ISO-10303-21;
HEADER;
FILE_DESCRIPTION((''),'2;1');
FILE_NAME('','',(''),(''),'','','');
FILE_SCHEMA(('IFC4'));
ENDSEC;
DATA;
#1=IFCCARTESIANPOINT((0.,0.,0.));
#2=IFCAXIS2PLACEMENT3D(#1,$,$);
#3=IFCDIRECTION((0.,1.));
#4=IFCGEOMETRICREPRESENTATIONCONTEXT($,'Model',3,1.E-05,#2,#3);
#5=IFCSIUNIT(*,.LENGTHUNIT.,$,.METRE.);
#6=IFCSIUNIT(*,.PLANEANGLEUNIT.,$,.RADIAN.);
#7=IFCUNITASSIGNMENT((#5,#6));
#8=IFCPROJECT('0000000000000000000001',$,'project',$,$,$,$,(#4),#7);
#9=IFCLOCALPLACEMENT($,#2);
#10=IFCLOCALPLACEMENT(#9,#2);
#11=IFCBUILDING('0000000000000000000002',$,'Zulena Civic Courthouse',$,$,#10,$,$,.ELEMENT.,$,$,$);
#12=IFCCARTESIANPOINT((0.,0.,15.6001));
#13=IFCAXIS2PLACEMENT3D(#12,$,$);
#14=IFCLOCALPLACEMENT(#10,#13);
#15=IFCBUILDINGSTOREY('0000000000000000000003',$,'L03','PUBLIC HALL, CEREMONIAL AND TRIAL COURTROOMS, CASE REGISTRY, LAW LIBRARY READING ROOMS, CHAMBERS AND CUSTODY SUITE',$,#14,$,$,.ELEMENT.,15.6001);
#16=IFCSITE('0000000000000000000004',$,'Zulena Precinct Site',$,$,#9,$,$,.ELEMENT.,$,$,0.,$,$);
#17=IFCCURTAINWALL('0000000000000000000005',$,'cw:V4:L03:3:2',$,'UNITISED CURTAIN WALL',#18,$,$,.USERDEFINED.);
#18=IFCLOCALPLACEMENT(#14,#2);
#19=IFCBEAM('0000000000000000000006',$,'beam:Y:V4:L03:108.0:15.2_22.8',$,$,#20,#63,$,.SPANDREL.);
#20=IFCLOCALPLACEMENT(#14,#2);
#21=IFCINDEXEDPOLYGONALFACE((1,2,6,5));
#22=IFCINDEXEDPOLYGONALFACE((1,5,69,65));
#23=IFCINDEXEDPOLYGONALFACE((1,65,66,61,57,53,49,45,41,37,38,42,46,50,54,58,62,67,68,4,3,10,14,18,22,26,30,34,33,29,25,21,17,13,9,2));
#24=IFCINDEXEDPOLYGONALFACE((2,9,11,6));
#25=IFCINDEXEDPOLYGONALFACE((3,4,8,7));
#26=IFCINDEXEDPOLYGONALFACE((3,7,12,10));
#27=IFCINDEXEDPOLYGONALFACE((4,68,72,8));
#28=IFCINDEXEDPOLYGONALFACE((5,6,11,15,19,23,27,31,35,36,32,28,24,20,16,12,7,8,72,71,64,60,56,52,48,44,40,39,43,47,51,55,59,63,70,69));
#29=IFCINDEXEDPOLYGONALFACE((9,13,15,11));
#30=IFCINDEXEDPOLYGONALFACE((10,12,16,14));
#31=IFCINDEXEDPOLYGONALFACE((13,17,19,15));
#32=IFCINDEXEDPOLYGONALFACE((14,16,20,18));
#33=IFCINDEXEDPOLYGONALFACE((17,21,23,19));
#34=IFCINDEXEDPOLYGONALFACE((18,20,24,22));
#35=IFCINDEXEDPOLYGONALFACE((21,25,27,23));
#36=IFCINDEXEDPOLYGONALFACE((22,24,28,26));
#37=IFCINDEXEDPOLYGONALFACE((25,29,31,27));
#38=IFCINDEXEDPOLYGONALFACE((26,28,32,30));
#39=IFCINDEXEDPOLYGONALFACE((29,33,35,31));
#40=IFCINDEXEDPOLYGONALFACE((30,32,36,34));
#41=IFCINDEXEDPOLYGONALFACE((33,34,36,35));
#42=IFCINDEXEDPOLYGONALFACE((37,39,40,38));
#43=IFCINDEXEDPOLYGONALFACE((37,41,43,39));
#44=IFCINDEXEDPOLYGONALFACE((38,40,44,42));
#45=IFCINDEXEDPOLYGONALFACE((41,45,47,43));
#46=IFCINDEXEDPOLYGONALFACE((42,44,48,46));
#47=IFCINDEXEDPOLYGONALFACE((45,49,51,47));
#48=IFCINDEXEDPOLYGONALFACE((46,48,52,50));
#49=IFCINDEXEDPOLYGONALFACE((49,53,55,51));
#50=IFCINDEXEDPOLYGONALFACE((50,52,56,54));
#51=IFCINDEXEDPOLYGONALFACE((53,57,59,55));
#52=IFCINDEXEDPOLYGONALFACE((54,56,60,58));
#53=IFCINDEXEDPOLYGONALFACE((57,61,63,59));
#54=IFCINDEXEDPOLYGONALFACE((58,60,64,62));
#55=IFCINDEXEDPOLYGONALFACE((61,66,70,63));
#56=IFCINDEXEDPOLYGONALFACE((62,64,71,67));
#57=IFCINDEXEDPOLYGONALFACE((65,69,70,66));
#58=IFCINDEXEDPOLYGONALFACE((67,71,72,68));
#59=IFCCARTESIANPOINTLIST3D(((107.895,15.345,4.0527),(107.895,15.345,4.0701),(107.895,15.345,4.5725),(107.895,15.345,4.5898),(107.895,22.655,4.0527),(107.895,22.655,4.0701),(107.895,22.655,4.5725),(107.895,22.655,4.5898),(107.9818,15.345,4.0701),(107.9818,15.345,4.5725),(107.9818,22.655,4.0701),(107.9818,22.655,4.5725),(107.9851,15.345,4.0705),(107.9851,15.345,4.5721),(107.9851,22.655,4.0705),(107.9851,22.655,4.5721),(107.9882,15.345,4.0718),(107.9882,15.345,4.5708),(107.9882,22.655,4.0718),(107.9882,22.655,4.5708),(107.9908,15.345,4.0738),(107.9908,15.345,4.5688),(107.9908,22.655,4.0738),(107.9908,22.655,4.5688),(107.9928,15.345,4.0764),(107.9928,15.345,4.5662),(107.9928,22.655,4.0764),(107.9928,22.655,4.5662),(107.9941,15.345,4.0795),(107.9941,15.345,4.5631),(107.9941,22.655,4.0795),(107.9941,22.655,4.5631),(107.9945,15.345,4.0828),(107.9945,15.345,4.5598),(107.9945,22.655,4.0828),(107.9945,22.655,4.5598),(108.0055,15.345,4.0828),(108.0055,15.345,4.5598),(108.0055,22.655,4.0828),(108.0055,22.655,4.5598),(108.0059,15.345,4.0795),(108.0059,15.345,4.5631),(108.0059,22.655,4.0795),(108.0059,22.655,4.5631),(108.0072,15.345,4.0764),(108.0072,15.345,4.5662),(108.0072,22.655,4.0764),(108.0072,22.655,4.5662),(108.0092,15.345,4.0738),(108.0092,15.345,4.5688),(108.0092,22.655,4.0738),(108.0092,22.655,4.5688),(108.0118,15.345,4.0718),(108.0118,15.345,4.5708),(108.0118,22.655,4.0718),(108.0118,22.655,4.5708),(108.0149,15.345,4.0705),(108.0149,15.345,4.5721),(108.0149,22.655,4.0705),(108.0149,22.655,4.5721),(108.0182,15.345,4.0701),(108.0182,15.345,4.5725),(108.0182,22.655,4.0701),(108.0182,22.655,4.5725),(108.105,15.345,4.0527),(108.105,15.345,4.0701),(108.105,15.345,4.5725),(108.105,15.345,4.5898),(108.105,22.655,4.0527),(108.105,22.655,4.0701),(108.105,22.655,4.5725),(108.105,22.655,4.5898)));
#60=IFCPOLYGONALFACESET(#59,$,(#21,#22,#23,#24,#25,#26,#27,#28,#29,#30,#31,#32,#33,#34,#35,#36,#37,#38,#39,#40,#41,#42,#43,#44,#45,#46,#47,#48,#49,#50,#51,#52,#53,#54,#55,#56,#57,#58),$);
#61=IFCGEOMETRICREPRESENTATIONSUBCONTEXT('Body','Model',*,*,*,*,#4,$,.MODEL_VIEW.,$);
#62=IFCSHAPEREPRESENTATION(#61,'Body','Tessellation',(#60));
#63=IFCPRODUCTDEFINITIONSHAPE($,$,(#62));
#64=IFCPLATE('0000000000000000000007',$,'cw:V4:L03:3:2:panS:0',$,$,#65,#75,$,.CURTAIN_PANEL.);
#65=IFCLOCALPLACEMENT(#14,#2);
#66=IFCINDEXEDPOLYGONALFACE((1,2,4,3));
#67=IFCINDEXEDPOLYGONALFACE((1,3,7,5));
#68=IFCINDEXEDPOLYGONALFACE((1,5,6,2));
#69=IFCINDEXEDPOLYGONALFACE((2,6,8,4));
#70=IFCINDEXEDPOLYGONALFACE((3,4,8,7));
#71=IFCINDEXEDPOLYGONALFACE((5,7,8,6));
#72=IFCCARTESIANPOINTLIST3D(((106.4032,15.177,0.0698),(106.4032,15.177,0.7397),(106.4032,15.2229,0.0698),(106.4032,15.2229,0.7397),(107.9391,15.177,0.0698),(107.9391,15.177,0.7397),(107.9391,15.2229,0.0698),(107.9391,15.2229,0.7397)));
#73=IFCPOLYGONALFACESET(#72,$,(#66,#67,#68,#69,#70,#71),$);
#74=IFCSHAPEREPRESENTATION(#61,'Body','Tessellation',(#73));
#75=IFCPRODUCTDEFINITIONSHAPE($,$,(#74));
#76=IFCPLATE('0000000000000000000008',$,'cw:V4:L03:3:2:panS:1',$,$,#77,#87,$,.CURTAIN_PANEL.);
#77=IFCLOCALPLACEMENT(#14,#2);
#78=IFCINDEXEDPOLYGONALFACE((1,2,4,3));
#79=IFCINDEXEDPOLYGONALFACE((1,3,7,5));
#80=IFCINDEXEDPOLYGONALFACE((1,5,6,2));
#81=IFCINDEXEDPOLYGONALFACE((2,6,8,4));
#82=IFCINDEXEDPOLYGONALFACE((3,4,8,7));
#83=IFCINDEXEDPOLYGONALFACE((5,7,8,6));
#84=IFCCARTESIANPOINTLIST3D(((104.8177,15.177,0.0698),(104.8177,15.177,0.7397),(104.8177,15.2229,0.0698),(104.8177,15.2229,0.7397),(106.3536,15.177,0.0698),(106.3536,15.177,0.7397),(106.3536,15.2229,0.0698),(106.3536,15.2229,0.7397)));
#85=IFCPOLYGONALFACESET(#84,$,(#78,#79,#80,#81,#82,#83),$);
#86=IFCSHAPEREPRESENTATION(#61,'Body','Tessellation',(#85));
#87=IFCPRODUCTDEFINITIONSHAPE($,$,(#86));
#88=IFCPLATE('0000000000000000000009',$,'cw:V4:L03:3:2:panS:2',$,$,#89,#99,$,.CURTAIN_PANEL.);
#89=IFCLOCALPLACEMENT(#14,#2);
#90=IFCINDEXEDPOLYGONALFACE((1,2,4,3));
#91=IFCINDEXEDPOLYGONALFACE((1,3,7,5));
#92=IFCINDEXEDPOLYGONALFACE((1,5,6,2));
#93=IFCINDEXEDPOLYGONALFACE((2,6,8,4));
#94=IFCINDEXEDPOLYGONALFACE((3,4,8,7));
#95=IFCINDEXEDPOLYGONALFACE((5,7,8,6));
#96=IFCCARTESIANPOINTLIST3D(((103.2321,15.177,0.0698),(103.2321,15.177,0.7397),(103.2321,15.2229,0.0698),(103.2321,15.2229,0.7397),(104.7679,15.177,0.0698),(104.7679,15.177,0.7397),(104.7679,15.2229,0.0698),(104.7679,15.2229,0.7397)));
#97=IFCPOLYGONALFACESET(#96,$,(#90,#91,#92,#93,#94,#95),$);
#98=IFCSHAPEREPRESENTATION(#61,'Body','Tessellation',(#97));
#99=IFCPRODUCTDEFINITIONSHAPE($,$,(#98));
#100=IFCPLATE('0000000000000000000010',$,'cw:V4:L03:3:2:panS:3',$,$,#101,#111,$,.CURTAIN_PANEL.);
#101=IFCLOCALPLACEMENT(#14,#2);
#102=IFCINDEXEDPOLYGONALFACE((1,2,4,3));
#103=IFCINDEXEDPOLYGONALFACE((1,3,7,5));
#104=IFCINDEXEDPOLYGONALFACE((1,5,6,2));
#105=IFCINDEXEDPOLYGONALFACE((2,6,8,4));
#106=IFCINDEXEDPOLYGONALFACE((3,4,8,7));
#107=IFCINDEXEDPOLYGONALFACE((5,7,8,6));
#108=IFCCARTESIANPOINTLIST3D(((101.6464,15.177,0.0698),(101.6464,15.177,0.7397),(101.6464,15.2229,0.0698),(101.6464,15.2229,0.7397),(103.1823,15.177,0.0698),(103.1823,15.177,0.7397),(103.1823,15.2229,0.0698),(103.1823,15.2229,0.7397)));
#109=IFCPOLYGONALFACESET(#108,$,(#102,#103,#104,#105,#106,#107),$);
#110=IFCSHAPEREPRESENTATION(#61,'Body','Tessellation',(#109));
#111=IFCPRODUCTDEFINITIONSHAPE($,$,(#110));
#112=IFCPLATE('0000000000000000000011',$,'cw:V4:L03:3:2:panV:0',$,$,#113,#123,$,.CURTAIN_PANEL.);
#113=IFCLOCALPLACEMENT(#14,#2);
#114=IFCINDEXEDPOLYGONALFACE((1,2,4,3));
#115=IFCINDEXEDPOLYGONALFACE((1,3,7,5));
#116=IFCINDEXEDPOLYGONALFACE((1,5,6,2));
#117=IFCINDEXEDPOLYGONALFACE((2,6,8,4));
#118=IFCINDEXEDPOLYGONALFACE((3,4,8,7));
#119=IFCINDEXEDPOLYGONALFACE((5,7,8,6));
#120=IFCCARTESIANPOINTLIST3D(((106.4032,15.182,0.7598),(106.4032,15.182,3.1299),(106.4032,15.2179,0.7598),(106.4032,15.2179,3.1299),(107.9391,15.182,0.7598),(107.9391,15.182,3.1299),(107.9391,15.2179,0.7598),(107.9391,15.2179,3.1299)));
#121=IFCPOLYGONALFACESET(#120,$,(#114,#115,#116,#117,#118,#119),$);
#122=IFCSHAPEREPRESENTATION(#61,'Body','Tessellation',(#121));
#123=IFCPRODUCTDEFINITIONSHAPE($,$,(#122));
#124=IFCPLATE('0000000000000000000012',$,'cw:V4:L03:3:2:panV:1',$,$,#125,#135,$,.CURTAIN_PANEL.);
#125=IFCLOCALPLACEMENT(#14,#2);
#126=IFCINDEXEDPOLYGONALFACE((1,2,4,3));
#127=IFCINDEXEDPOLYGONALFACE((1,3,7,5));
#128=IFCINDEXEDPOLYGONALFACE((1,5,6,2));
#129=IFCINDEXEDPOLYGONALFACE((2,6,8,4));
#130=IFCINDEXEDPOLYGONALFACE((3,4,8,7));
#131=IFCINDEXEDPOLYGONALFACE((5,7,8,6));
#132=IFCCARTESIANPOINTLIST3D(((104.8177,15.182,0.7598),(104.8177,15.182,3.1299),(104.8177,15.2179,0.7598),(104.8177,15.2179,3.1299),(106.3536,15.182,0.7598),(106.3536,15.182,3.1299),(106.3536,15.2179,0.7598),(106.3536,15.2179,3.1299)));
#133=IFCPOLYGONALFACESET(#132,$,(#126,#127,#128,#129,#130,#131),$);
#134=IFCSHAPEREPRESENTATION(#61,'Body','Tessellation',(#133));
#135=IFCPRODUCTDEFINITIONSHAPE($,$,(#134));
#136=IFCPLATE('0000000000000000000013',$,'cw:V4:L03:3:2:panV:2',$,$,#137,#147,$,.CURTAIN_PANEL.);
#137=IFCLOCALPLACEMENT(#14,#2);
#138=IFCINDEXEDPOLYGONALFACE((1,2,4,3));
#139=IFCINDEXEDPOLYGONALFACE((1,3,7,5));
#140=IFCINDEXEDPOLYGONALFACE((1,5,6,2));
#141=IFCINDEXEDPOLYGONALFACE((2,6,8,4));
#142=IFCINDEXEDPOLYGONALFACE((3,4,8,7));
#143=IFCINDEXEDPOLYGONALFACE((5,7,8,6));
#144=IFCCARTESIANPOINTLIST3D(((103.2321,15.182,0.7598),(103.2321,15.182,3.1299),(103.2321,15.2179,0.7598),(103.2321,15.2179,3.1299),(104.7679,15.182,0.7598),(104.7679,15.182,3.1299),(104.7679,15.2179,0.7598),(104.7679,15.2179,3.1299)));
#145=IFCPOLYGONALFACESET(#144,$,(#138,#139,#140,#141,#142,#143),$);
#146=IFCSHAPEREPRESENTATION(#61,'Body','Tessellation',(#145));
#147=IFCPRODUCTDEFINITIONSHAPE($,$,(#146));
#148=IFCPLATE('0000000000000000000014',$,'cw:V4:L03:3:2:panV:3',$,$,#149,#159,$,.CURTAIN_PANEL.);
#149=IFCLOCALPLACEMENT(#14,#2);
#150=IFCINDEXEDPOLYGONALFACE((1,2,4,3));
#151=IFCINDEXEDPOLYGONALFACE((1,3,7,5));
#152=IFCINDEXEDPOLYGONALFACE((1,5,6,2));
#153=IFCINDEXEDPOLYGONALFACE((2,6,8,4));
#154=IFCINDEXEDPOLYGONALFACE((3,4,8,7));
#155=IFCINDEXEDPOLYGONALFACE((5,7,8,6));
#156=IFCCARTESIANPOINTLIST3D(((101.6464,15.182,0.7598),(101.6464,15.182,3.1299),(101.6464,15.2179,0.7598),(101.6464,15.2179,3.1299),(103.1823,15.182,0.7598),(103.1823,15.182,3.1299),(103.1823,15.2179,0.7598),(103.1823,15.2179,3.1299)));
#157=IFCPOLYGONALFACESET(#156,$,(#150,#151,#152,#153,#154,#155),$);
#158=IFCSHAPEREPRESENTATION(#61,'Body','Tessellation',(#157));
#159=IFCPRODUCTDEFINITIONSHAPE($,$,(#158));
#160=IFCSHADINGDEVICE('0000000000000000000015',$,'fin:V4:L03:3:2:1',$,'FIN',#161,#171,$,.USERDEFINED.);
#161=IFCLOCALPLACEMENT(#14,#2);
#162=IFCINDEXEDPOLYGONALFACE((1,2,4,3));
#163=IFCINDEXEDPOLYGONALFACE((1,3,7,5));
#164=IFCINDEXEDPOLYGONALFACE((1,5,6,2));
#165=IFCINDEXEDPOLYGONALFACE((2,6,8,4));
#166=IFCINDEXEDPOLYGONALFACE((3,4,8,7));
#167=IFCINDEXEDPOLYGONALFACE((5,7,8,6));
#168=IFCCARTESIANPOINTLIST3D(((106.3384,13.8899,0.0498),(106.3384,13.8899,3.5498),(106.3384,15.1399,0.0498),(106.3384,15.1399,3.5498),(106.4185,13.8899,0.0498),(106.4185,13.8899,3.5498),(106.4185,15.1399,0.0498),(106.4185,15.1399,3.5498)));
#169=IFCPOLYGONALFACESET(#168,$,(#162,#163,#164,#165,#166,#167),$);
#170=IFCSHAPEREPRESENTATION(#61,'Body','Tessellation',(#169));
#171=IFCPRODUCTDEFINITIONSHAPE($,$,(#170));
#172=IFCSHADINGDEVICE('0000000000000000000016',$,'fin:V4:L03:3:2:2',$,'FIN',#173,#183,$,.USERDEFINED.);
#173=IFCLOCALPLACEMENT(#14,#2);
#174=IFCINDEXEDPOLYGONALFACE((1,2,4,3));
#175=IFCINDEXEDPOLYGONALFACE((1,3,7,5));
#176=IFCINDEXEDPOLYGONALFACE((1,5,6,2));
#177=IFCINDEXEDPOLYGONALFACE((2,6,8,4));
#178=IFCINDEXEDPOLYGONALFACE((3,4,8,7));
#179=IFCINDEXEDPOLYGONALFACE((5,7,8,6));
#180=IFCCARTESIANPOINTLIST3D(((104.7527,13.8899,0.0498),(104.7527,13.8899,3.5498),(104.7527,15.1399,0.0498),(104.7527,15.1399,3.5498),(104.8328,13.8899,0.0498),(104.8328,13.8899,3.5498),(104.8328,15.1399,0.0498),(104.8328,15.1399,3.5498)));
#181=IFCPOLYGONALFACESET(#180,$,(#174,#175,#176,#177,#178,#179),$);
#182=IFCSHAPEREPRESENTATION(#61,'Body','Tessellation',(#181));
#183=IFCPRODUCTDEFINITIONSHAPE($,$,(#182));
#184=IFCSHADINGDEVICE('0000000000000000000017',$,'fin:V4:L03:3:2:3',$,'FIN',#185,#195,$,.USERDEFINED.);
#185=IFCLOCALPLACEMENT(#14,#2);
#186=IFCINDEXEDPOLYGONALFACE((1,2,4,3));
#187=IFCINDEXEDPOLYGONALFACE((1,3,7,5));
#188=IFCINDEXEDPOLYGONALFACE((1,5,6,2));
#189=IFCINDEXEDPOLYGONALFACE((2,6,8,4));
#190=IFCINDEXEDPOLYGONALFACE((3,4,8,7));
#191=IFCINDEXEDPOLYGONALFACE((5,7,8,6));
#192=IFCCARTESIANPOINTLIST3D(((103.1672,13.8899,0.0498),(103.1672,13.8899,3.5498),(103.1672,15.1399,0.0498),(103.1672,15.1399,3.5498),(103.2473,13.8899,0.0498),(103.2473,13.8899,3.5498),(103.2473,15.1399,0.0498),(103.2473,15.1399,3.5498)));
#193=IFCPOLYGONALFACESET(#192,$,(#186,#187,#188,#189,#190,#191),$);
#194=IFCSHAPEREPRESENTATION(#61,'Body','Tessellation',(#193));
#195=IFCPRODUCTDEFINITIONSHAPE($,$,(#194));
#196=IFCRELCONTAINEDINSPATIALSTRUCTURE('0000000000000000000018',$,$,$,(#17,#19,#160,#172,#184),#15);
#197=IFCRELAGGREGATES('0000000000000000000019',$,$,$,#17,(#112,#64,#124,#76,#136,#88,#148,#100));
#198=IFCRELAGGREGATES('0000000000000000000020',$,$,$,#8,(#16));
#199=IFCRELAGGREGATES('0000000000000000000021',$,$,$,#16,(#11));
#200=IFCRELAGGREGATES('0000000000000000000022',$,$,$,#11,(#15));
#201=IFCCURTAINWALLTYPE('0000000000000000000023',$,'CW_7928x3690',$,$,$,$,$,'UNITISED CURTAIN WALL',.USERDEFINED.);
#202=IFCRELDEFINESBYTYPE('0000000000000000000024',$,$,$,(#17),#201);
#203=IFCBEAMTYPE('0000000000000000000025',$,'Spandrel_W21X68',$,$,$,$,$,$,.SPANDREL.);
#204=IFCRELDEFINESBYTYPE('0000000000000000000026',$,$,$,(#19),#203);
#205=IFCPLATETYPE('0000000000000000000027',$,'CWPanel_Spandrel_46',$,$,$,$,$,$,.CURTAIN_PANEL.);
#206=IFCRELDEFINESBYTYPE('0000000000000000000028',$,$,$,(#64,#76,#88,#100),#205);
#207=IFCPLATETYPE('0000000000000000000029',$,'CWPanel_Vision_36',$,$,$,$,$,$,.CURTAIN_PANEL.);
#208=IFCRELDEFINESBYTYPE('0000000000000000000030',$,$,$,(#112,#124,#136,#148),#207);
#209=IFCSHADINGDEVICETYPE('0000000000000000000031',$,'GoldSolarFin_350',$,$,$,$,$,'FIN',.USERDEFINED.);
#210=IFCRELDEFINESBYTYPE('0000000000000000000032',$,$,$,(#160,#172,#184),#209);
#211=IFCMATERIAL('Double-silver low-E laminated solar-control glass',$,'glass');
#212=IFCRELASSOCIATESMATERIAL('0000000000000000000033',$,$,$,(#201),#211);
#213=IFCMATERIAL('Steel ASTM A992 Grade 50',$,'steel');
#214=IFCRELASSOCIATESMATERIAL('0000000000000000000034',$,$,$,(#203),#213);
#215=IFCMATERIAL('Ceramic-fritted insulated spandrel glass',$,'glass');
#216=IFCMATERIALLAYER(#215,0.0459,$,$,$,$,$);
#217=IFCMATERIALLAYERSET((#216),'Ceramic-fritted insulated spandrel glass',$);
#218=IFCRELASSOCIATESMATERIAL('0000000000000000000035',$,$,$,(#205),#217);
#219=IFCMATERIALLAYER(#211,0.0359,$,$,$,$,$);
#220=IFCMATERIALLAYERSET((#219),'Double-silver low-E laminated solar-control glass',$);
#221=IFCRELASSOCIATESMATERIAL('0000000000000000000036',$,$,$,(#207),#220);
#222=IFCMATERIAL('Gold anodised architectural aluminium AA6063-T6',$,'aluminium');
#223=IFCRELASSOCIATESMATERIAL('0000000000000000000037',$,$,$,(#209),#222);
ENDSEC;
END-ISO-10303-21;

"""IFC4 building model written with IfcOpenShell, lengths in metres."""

from ifc_helpers import new_model, si_unit, direction, frame, origin, origin_2d, place, context, subcontext, project, spatial, rectangle, i_section, extrude, material, layer, layer_set, material_profile, profile_set, type_object, element, aggregate, save


model = new_model("IFC4")

# Units and contexts
model_context = context("Model", 3, precision=1e-05, world=origin(), true_north=direction((0.0, 1.0)))
body_context = subcontext(model_context, "Body", "Model", "MODEL_VIEW")
ifc_project = project(units=[si_unit("LENGTHUNIT", "METRE"), si_unit("PLANEANGLEUNIT", "RADIAN")], contexts=[model_context])

# Site, building, storey
site_placement = place(None, origin())
site = spatial("IfcSite", under=ifc_project, at=site_placement, Name="Zulena Precinct Site", CompositionType="ELEMENT", RefElevation=0.0)
building_placement = place(site_placement, origin())
building = spatial("IfcBuilding", under=site, at=building_placement, Name="Zulena Civic Courthouse", CompositionType="ELEMENT")
storey_placement = place(building_placement, frame((0.0, 0.0, 15.6001)))
storey = spatial("IfcBuildingStorey", under=building, at=storey_placement, Name="L03", Description="PUBLIC HALL, CEREMONIAL AND TRIAL COURTROOMS, CASE REGISTRY, LAW LIBRARY READING ROOMS, CHAMBERS AND CUSTODY SUITE", CompositionType="ELEMENT", Elevation=15.6001)

# Shared definitions
ifc_material_1 = material(Name="Steel ASTM A992 Grade 50", Category="steel")

# Curtain wall
ifc_material_2 = material(Name="Double-silver low-E laminated solar-control glass", Category="glass")
curtain_wall_type = type_object("IfcCurtainWallType", Name="CW_7928x3690", ElementType="UNITISED CURTAIN WALL", PredefinedType="USERDEFINED", material=ifc_material_2)
curtain_wall_placement = place(storey_placement, origin())
curtain_wall = element("IfcCurtainWall", 1, at=curtain_wall_placement, inside=storey, type_object=curtain_wall_type, Name="cw:V4:L03:3:2", ObjectType="UNITISED CURTAIN WALL", PredefinedType="USERDEFINED")

# Beam
ifc_material_profile_1 = material_profile(ifc_material_1, i_section(OverallWidth=0.21, OverallDepth=0.5371, WebThickness=0.011, FlangeThickness=0.0173, FilletRadius=0.0127, at=origin_2d()), Name="W21X68")
ifc_profile_set_1 = profile_set([ifc_material_profile_1], Name="Steel ASTM A992 Grade 50")
beam_type_1 = type_object("IfcBeamType", Name="Spandrel_W21X68", PredefinedType="SPANDREL", material=ifc_profile_set_1)
beam_1_placement = place(storey_placement, frame((108.0, 15.345, 4.3213), z_axis=(0.0, 1.0, 0.0), x_axis=(-1.0, 0.0, 0.0)))
element("IfcBeam", 2, at=beam_1_placement, inside=storey, type_object=beam_type_1, Name="beam:Y:V4:L03:108.0:15.2_22.8", PredefinedType="SPANDREL", context=body_context, shape_type="SweptSolid", body=[
    extrude(i_section(OverallWidth=0.21, OverallDepth=0.5371, WebThickness=0.011, FlangeThickness=0.0173, FilletRadius=0.0127, at=origin_2d()), origin(), (0.0, 0.0, 1.0), 7.3101),
])

# Plates
ifc_material_3 = material(Name="Ceramic-fritted insulated spandrel glass", Category="glass")
ifc_layer_1 = layer(ifc_material_3, 0.0459)
ifc_layer_set_1 = layer_set([ifc_layer_1], Name="Ceramic-fritted insulated spandrel glass")
plate_type_1 = type_object("IfcPlateType", Name="CWPanel_Spandrel_46", PredefinedType="CURTAIN_PANEL", material=ifc_layer_set_1)
plate_1_placement = place(storey_placement, frame((107.1711, 15.2, 0.0698), z_axis=(0.0, 0.0, 1.0), x_axis=(-1.0, 0.0, 0.0)))
plate_1 = element("IfcPlate", 3, at=plate_1_placement, type_object=plate_type_1, Name="cw:V4:L03:3:2:panS:0", PredefinedType="CURTAIN_PANEL", context=body_context, shape_type="SweptSolid", body=[
    extrude(rectangle(XDim=1.5359, YDim=0.0459, at=origin_2d()), origin(), (0.0, 0.0, 1.0), 0.6699),
])
plate_2_placement = place(storey_placement, frame((105.5857, 15.2, 0.0698), z_axis=(0.0, 0.0, 1.0), x_axis=(-1.0, 0.0, 0.0)))
plate_2 = element("IfcPlate", 4, at=plate_2_placement, type_object=plate_type_1, Name="cw:V4:L03:3:2:panS:1", PredefinedType="CURTAIN_PANEL", context=body_context, shape_type="SweptSolid", body=[
    extrude(rectangle(XDim=1.5359, YDim=0.0459, at=origin_2d()), origin(), (0.0, 0.0, 1.0), 0.6699),
])
plate_3_placement = place(storey_placement, frame((104.0, 15.2, 0.0698), z_axis=(0.0, 0.0, 1.0), x_axis=(-1.0, 0.0, 0.0)))
plate_3 = element("IfcPlate", 5, at=plate_3_placement, type_object=plate_type_1, Name="cw:V4:L03:3:2:panS:2", PredefinedType="CURTAIN_PANEL", context=body_context, shape_type="SweptSolid", body=[
    extrude(rectangle(XDim=1.5359, YDim=0.0459, at=origin_2d()), origin(), (0.0, 0.0, 1.0), 0.6699),
])
plate_4_placement = place(storey_placement, frame((102.4143, 15.2, 0.0698), z_axis=(0.0, 0.0, 1.0), x_axis=(-1.0, 0.0, 0.0)))
plate_4 = element("IfcPlate", 6, at=plate_4_placement, type_object=plate_type_1, Name="cw:V4:L03:3:2:panS:3", PredefinedType="CURTAIN_PANEL", context=body_context, shape_type="SweptSolid", body=[
    extrude(rectangle(XDim=1.5359, YDim=0.0459, at=origin_2d()), origin(), (0.0, 0.0, 1.0), 0.6699),
])
ifc_layer_2 = layer(ifc_material_2, 0.0359)
ifc_layer_set_2 = layer_set([ifc_layer_2], Name="Double-silver low-E laminated solar-control glass")
plate_type_2 = type_object("IfcPlateType", Name="CWPanel_Vision_36", PredefinedType="CURTAIN_PANEL", material=ifc_layer_set_2)
plate_5_placement = place(storey_placement, frame((107.1711, 15.2, 0.7598), z_axis=(0.0, 0.0, 1.0), x_axis=(-1.0, 0.0, 0.0)))
plate_5 = element("IfcPlate", 7, at=plate_5_placement, type_object=plate_type_2, Name="cw:V4:L03:3:2:panV:0", PredefinedType="CURTAIN_PANEL", context=body_context, shape_type="SweptSolid", body=[
    extrude(rectangle(XDim=1.5359, YDim=0.0359, at=origin_2d()), origin(), (0.0, 0.0, 1.0), 2.3701),
])
plate_6_placement = place(storey_placement, frame((105.5857, 15.2, 0.7598), z_axis=(0.0, 0.0, 1.0), x_axis=(-1.0, 0.0, 0.0)))
plate_6 = element("IfcPlate", 8, at=plate_6_placement, type_object=plate_type_2, Name="cw:V4:L03:3:2:panV:1", PredefinedType="CURTAIN_PANEL", context=body_context, shape_type="SweptSolid", body=[
    extrude(rectangle(XDim=1.5359, YDim=0.0359, at=origin_2d()), origin(), (0.0, 0.0, 1.0), 2.3701),
])
plate_7_placement = place(storey_placement, frame((104.0, 15.2, 0.7598), z_axis=(0.0, 0.0, 1.0), x_axis=(-1.0, 0.0, 0.0)))
plate_7 = element("IfcPlate", 9, at=plate_7_placement, type_object=plate_type_2, Name="cw:V4:L03:3:2:panV:2", PredefinedType="CURTAIN_PANEL", context=body_context, shape_type="SweptSolid", body=[
    extrude(rectangle(XDim=1.5359, YDim=0.0359, at=origin_2d()), origin(), (0.0, 0.0, 1.0), 2.3701),
])
plate_8_placement = place(storey_placement, frame((102.4143, 15.2, 0.7598), z_axis=(0.0, 0.0, 1.0), x_axis=(-1.0, 0.0, 0.0)))
plate_8 = element("IfcPlate", 10, at=plate_8_placement, type_object=plate_type_2, Name="cw:V4:L03:3:2:panV:3", PredefinedType="CURTAIN_PANEL", context=body_context, shape_type="SweptSolid", body=[
    extrude(rectangle(XDim=1.5359, YDim=0.0359, at=origin_2d()), origin(), (0.0, 0.0, 1.0), 2.3701),
])
aggregate(curtain_wall, [plate_5, plate_1, plate_6, plate_2, plate_7, plate_3, plate_8, plate_4])

# Shading devices
ifc_material_4 = material(Name="Gold anodised architectural aluminium AA6063-T6", Category="aluminium")
shading_device_type = type_object("IfcShadingDeviceType", Name="GoldSolarFin_350", ElementType="FIN", PredefinedType="USERDEFINED", material=ifc_material_4)
for number, where, z_axis, x_axis, name in (
    (11, (106.3784, 14.5149, 0.0498), (0.0, 0.0, 1.0), (0.0, -1.0, 0.0), "fin:V4:L03:3:2:1"),
    (12, (104.7927, 14.5149, 0.0498), (0.0, 0.0, 1.0), (0.0, -1.0, 0.0), "fin:V4:L03:3:2:2"),
    (13, (103.2073, 14.5149, 0.0498), (0.0, 0.0, 1.0), (0.0, -1.0, 0.0), "fin:V4:L03:3:2:3"),
):
    element("IfcShadingDevice", number, at=place(storey_placement, frame(where, z_axis=z_axis, x_axis=x_axis)), inside=storey, type_object=shading_device_type, Name=name, ObjectType="FIN", PredefinedType="USERDEFINED", context=body_context, shape_type="SweptSolid", body=[
        extrude(rectangle(XDim=1.25, YDim=0.0801, at=origin_2d()), origin(), (0.0, 0.0, 1.0), 3.5),
    ])

save(model, "model.ifc")
